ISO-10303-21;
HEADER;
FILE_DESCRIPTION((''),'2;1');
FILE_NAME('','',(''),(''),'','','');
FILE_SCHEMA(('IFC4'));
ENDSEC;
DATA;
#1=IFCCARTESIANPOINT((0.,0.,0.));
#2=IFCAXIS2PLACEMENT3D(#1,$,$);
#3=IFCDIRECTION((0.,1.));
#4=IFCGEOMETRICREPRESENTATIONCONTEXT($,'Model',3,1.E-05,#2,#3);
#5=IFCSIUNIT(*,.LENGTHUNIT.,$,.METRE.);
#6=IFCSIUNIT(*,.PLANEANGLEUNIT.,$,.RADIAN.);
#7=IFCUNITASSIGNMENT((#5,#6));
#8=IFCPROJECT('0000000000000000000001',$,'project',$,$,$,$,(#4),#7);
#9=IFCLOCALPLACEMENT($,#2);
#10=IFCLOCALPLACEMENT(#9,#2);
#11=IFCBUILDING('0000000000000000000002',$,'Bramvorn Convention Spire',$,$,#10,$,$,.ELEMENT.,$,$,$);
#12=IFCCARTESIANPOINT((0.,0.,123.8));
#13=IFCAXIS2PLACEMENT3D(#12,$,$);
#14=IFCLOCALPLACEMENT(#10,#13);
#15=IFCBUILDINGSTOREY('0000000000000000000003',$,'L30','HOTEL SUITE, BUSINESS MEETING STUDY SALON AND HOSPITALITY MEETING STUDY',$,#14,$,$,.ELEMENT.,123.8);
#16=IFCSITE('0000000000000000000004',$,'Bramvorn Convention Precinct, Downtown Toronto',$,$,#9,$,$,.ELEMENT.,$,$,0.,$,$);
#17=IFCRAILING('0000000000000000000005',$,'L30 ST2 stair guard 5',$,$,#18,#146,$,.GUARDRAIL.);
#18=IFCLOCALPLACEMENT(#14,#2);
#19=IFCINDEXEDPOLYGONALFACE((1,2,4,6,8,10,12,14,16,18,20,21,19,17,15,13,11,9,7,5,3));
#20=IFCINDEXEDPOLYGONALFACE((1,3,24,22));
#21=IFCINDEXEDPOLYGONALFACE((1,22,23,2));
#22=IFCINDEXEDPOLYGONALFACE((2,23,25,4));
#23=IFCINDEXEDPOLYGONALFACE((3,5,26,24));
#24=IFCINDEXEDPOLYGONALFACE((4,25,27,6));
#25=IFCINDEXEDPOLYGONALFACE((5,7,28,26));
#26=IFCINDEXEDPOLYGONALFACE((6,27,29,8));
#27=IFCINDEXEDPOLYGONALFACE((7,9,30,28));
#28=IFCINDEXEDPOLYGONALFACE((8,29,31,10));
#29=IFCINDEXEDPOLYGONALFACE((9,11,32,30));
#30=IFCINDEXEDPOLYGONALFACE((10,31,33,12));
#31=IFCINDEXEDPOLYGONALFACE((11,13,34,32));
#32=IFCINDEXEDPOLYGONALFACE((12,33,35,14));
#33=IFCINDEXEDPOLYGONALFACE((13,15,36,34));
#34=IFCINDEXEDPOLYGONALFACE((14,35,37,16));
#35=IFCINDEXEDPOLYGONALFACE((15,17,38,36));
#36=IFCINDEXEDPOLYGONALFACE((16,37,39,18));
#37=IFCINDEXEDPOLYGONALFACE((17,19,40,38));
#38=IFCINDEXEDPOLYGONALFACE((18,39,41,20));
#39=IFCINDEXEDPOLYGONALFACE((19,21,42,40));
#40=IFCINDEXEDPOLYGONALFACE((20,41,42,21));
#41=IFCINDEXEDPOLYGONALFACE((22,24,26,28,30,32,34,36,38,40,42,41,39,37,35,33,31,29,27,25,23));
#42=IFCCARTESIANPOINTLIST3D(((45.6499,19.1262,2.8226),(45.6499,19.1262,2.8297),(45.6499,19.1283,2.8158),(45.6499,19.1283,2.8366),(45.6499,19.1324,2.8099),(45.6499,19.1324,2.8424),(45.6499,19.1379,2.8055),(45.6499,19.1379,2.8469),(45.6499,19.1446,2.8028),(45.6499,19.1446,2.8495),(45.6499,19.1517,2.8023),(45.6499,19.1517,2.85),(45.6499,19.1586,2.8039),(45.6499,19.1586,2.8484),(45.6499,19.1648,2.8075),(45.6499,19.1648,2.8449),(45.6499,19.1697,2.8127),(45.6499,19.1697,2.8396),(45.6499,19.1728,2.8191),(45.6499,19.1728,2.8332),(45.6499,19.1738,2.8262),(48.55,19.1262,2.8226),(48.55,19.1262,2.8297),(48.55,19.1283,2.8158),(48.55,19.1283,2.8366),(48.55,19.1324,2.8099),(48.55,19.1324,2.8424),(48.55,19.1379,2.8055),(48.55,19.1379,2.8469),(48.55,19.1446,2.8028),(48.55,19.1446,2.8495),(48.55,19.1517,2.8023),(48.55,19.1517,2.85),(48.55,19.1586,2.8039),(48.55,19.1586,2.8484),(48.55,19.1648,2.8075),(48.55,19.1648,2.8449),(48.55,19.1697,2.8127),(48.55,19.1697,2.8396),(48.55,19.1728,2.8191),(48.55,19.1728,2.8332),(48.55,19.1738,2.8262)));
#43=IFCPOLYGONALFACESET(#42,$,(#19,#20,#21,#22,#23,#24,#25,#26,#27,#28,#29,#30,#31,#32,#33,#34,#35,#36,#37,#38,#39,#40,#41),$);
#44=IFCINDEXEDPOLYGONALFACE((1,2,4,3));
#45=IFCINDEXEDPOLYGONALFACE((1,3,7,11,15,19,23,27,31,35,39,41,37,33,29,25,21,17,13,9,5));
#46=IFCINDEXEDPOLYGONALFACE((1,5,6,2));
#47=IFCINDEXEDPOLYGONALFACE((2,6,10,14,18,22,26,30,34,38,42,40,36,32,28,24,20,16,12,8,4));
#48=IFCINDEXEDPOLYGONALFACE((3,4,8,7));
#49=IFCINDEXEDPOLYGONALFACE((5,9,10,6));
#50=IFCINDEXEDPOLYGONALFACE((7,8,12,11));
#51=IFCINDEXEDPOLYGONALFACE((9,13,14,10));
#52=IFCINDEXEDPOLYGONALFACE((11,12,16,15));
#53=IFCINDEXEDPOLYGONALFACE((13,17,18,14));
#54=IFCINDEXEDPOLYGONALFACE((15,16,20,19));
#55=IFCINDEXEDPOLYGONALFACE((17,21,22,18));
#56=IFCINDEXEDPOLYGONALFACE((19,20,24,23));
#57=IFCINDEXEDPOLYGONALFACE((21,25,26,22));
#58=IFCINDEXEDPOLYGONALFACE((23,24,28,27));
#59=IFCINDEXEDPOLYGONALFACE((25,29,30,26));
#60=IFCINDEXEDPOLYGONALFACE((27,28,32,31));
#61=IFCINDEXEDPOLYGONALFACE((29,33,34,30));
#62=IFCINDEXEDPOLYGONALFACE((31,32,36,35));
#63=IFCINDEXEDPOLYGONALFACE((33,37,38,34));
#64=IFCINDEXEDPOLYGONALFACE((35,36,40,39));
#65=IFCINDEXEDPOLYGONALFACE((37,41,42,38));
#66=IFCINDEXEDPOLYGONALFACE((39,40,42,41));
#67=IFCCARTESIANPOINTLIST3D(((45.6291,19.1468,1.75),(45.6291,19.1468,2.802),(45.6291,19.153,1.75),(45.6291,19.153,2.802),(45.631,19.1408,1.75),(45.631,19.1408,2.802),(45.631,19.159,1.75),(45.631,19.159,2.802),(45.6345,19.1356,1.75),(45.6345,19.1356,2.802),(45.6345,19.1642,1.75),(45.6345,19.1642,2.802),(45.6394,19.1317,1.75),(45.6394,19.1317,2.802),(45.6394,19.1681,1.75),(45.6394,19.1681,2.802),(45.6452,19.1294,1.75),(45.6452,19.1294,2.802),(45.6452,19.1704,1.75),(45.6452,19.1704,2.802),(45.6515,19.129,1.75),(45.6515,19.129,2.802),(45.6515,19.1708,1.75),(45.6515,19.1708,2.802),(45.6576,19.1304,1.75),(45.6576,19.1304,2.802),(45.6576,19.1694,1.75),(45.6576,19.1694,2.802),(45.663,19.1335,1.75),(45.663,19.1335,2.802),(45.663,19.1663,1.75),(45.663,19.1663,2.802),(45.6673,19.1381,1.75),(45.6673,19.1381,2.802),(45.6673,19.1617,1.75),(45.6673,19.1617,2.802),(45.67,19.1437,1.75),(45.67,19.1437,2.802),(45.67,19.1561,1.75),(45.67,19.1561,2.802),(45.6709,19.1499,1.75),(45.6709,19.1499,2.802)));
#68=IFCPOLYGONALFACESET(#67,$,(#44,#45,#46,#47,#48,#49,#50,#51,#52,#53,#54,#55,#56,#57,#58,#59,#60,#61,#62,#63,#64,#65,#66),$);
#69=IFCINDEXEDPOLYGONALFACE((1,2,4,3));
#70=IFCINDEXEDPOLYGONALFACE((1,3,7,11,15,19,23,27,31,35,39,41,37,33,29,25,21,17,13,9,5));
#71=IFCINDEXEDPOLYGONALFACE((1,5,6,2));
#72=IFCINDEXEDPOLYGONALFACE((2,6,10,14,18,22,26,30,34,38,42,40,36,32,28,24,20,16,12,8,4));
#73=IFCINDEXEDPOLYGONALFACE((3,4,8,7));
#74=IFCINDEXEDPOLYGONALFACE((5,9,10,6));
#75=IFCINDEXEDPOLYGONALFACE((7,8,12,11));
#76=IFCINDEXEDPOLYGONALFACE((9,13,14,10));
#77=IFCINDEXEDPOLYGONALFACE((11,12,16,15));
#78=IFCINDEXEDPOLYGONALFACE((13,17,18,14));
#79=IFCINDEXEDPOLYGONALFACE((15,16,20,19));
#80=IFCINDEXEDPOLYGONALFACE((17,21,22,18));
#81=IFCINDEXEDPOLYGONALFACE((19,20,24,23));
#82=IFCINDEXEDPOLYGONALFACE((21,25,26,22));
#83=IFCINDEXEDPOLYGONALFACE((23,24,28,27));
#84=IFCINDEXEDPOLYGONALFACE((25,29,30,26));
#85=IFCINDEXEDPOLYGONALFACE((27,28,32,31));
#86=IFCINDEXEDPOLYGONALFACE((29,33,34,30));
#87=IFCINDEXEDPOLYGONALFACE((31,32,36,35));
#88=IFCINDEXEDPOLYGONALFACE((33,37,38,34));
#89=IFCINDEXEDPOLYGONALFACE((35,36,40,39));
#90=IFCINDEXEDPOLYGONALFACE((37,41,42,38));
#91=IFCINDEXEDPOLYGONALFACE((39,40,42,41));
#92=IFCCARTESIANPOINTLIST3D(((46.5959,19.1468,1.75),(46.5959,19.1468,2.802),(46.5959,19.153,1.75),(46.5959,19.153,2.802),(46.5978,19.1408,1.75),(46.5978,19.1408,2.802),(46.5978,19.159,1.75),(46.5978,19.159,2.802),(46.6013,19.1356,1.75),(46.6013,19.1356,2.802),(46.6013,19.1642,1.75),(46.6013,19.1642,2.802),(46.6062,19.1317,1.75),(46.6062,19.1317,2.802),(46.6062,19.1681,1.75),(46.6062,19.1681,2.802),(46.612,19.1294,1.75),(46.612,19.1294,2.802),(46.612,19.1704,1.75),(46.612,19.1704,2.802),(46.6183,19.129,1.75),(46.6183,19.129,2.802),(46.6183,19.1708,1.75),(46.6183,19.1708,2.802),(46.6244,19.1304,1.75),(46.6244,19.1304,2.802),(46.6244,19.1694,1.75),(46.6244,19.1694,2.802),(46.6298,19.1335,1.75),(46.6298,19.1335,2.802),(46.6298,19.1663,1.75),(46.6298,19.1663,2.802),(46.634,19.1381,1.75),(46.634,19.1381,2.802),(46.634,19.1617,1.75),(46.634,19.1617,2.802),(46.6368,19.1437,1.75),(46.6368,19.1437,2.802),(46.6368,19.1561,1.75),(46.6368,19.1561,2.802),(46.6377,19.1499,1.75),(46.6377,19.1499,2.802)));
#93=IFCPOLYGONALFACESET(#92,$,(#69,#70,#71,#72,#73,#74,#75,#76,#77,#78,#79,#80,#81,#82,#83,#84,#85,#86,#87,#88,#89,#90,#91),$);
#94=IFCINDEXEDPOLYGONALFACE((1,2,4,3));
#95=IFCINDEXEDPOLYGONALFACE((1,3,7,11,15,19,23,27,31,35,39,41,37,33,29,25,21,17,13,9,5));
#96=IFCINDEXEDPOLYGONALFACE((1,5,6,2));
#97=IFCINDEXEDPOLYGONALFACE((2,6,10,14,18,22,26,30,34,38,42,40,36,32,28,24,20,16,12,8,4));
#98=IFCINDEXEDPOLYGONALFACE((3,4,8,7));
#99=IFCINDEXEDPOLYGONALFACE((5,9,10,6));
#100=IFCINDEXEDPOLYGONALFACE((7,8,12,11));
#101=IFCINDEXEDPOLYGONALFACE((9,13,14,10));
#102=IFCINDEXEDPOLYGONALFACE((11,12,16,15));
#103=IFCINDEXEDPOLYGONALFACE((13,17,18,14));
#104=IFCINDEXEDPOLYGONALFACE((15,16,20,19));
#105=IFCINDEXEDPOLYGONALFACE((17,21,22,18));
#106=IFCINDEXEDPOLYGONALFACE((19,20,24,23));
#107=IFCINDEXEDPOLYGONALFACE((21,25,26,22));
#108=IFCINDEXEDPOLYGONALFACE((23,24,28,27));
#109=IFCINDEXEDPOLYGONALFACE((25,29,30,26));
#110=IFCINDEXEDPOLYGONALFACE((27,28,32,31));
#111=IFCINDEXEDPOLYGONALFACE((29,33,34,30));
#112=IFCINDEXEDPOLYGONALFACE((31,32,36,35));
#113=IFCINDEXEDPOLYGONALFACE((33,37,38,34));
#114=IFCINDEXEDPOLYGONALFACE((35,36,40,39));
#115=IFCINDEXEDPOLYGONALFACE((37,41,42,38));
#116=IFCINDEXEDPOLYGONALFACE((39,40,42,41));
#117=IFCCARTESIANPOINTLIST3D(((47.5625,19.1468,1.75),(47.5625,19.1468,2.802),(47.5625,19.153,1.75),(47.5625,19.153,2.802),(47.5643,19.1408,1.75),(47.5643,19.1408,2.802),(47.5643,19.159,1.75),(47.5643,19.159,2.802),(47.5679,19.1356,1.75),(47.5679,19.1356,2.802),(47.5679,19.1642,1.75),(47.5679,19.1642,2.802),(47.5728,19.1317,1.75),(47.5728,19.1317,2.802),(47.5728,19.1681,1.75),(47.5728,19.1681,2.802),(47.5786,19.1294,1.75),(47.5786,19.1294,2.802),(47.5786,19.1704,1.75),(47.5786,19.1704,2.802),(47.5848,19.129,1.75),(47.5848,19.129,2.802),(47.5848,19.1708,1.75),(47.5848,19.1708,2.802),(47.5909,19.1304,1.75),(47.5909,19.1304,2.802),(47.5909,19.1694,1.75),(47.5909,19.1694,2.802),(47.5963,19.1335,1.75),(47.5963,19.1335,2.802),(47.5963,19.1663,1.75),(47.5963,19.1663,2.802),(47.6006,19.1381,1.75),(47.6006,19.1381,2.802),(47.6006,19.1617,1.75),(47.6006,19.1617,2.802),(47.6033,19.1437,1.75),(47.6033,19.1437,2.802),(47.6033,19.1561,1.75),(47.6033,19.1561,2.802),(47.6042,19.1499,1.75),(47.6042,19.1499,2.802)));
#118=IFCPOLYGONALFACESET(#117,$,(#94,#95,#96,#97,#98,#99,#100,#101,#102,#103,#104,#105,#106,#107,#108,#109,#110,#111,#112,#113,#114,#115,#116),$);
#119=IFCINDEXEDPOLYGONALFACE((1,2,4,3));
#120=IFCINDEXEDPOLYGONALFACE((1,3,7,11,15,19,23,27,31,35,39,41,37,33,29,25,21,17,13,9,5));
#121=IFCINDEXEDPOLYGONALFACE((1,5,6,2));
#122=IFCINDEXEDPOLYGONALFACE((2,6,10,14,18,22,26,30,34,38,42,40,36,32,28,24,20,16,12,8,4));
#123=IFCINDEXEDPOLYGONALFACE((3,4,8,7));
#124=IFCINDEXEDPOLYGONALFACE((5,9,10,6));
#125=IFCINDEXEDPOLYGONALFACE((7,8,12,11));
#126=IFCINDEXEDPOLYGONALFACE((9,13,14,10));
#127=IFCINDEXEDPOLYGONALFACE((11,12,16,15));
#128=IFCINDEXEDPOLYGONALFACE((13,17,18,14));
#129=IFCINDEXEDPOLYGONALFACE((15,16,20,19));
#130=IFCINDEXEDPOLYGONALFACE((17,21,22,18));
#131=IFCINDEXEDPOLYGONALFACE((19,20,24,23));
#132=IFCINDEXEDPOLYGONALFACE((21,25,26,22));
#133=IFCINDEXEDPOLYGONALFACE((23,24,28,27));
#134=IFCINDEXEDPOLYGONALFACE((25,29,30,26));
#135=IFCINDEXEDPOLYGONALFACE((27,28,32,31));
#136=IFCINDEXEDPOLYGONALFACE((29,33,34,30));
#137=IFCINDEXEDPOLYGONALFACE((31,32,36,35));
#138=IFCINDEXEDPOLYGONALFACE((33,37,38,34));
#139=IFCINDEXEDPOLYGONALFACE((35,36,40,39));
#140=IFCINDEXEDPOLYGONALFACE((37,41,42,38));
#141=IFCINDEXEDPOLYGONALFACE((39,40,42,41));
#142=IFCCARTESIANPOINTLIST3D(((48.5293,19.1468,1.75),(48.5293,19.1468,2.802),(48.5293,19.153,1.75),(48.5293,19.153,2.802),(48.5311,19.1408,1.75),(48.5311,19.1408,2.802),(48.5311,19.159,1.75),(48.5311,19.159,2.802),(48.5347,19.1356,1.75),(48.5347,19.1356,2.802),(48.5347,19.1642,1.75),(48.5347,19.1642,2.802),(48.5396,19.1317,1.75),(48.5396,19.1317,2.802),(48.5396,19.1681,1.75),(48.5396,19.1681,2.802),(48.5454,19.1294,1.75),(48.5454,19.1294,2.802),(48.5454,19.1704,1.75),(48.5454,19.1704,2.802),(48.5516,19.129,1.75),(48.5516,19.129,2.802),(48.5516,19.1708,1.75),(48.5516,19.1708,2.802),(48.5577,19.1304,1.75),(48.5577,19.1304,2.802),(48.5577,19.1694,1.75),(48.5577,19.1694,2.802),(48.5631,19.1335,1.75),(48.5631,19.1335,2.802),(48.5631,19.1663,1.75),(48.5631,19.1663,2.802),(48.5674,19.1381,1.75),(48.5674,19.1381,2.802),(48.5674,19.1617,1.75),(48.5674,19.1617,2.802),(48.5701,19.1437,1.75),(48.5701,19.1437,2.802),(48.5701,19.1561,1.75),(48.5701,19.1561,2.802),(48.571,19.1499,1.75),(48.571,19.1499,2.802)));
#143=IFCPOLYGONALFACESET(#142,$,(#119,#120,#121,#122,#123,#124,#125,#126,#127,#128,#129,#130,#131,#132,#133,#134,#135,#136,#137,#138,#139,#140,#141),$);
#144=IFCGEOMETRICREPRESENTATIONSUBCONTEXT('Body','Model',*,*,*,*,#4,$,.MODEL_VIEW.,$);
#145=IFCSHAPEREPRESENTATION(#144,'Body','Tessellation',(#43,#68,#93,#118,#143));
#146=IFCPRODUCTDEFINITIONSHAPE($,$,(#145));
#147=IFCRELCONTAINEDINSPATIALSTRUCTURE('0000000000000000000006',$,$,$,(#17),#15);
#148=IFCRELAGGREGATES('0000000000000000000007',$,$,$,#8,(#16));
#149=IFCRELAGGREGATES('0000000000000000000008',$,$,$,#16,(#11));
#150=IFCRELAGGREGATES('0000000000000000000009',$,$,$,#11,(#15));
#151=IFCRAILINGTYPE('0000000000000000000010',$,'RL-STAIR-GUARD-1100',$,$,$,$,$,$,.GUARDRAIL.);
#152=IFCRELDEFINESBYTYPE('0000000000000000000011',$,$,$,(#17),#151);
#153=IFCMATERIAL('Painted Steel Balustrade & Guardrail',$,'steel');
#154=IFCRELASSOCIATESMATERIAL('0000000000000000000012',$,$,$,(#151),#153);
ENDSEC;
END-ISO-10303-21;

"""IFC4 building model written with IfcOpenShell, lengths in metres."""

from ifc_helpers import new_model, si_unit, direction, frame, origin, origin_2d, place, context, subcontext, project, spatial, circle, extrude, material, type_object, element, save


model = new_model("IFC4")

# Units and contexts
model_context = context("Model", 3, precision=1e-05, world=origin(), true_north=direction((0.0, 1.0)))
body_context = subcontext(model_context, "Body", "Model", "MODEL_VIEW")
ifc_project = project(units=[si_unit("LENGTHUNIT", "METRE"), si_unit("PLANEANGLEUNIT", "RADIAN")], contexts=[model_context])

# Site, building, storey
site_placement = place(None, origin())
site = spatial("IfcSite", under=ifc_project, at=site_placement, Name="Bramvorn Convention Precinct, Downtown Toronto", CompositionType="ELEMENT", RefElevation=0.0)
building_placement = place(site_placement, origin())
building = spatial("IfcBuilding", under=site, at=building_placement, Name="Bramvorn Convention Spire", CompositionType="ELEMENT")
storey_placement = place(building_placement, frame((0.0, 0.0, 123.8)))
storey = spatial("IfcBuildingStorey", under=building, at=storey_placement, Name="L30", Description="HOTEL SUITE, BUSINESS MEETING STUDY SALON AND HOSPITALITY MEETING STUDY", CompositionType="ELEMENT", Elevation=123.8)

# Railing
ifc_material_1 = material(Name="Painted Steel Balustrade & Guardrail", Category="steel")
railing_type = type_object("IfcRailingType", Name="RL-STAIR-GUARD-1100", PredefinedType="GUARDRAIL", material=ifc_material_1)
railing_1_placement = place(storey_placement, frame((45.6499, 19.1499, 1.75)))
element("IfcRailing", 1, at=railing_1_placement, inside=storey, type_object=railing_type, Name="L30 ST2 stair guard 5", PredefinedType="GUARDRAIL", context=body_context, shape_type="SweptSolid", body=[
    extrude(circle(Radius=0.0239, at=origin_2d()), frame((0.0, 0.0, 1.0762), z_axis=(1.0, 0.0, 0.0), x_axis=(0.0, 1.0, 0.0)), (0.0, 0.0, 1.0), 2.9001),
    extrude(circle(Radius=0.021, at=origin_2d()), origin(), (0.0, 0.0, 1.0), 1.052),
    extrude(circle(Radius=0.021, at=origin_2d()), frame((0.9668, 0.0, 0.0)), (0.0, 0.0, 1.0), 1.052),
    extrude(circle(Radius=0.021, at=origin_2d()), frame((1.9333, 0.0, 0.0)), (0.0, 0.0, 1.0), 1.052),
    extrude(circle(Radius=0.021, at=origin_2d()), frame((2.9001, 0.0, 0.0)), (0.0, 0.0, 1.0), 1.052),
])

save(model, "model.ifc")
